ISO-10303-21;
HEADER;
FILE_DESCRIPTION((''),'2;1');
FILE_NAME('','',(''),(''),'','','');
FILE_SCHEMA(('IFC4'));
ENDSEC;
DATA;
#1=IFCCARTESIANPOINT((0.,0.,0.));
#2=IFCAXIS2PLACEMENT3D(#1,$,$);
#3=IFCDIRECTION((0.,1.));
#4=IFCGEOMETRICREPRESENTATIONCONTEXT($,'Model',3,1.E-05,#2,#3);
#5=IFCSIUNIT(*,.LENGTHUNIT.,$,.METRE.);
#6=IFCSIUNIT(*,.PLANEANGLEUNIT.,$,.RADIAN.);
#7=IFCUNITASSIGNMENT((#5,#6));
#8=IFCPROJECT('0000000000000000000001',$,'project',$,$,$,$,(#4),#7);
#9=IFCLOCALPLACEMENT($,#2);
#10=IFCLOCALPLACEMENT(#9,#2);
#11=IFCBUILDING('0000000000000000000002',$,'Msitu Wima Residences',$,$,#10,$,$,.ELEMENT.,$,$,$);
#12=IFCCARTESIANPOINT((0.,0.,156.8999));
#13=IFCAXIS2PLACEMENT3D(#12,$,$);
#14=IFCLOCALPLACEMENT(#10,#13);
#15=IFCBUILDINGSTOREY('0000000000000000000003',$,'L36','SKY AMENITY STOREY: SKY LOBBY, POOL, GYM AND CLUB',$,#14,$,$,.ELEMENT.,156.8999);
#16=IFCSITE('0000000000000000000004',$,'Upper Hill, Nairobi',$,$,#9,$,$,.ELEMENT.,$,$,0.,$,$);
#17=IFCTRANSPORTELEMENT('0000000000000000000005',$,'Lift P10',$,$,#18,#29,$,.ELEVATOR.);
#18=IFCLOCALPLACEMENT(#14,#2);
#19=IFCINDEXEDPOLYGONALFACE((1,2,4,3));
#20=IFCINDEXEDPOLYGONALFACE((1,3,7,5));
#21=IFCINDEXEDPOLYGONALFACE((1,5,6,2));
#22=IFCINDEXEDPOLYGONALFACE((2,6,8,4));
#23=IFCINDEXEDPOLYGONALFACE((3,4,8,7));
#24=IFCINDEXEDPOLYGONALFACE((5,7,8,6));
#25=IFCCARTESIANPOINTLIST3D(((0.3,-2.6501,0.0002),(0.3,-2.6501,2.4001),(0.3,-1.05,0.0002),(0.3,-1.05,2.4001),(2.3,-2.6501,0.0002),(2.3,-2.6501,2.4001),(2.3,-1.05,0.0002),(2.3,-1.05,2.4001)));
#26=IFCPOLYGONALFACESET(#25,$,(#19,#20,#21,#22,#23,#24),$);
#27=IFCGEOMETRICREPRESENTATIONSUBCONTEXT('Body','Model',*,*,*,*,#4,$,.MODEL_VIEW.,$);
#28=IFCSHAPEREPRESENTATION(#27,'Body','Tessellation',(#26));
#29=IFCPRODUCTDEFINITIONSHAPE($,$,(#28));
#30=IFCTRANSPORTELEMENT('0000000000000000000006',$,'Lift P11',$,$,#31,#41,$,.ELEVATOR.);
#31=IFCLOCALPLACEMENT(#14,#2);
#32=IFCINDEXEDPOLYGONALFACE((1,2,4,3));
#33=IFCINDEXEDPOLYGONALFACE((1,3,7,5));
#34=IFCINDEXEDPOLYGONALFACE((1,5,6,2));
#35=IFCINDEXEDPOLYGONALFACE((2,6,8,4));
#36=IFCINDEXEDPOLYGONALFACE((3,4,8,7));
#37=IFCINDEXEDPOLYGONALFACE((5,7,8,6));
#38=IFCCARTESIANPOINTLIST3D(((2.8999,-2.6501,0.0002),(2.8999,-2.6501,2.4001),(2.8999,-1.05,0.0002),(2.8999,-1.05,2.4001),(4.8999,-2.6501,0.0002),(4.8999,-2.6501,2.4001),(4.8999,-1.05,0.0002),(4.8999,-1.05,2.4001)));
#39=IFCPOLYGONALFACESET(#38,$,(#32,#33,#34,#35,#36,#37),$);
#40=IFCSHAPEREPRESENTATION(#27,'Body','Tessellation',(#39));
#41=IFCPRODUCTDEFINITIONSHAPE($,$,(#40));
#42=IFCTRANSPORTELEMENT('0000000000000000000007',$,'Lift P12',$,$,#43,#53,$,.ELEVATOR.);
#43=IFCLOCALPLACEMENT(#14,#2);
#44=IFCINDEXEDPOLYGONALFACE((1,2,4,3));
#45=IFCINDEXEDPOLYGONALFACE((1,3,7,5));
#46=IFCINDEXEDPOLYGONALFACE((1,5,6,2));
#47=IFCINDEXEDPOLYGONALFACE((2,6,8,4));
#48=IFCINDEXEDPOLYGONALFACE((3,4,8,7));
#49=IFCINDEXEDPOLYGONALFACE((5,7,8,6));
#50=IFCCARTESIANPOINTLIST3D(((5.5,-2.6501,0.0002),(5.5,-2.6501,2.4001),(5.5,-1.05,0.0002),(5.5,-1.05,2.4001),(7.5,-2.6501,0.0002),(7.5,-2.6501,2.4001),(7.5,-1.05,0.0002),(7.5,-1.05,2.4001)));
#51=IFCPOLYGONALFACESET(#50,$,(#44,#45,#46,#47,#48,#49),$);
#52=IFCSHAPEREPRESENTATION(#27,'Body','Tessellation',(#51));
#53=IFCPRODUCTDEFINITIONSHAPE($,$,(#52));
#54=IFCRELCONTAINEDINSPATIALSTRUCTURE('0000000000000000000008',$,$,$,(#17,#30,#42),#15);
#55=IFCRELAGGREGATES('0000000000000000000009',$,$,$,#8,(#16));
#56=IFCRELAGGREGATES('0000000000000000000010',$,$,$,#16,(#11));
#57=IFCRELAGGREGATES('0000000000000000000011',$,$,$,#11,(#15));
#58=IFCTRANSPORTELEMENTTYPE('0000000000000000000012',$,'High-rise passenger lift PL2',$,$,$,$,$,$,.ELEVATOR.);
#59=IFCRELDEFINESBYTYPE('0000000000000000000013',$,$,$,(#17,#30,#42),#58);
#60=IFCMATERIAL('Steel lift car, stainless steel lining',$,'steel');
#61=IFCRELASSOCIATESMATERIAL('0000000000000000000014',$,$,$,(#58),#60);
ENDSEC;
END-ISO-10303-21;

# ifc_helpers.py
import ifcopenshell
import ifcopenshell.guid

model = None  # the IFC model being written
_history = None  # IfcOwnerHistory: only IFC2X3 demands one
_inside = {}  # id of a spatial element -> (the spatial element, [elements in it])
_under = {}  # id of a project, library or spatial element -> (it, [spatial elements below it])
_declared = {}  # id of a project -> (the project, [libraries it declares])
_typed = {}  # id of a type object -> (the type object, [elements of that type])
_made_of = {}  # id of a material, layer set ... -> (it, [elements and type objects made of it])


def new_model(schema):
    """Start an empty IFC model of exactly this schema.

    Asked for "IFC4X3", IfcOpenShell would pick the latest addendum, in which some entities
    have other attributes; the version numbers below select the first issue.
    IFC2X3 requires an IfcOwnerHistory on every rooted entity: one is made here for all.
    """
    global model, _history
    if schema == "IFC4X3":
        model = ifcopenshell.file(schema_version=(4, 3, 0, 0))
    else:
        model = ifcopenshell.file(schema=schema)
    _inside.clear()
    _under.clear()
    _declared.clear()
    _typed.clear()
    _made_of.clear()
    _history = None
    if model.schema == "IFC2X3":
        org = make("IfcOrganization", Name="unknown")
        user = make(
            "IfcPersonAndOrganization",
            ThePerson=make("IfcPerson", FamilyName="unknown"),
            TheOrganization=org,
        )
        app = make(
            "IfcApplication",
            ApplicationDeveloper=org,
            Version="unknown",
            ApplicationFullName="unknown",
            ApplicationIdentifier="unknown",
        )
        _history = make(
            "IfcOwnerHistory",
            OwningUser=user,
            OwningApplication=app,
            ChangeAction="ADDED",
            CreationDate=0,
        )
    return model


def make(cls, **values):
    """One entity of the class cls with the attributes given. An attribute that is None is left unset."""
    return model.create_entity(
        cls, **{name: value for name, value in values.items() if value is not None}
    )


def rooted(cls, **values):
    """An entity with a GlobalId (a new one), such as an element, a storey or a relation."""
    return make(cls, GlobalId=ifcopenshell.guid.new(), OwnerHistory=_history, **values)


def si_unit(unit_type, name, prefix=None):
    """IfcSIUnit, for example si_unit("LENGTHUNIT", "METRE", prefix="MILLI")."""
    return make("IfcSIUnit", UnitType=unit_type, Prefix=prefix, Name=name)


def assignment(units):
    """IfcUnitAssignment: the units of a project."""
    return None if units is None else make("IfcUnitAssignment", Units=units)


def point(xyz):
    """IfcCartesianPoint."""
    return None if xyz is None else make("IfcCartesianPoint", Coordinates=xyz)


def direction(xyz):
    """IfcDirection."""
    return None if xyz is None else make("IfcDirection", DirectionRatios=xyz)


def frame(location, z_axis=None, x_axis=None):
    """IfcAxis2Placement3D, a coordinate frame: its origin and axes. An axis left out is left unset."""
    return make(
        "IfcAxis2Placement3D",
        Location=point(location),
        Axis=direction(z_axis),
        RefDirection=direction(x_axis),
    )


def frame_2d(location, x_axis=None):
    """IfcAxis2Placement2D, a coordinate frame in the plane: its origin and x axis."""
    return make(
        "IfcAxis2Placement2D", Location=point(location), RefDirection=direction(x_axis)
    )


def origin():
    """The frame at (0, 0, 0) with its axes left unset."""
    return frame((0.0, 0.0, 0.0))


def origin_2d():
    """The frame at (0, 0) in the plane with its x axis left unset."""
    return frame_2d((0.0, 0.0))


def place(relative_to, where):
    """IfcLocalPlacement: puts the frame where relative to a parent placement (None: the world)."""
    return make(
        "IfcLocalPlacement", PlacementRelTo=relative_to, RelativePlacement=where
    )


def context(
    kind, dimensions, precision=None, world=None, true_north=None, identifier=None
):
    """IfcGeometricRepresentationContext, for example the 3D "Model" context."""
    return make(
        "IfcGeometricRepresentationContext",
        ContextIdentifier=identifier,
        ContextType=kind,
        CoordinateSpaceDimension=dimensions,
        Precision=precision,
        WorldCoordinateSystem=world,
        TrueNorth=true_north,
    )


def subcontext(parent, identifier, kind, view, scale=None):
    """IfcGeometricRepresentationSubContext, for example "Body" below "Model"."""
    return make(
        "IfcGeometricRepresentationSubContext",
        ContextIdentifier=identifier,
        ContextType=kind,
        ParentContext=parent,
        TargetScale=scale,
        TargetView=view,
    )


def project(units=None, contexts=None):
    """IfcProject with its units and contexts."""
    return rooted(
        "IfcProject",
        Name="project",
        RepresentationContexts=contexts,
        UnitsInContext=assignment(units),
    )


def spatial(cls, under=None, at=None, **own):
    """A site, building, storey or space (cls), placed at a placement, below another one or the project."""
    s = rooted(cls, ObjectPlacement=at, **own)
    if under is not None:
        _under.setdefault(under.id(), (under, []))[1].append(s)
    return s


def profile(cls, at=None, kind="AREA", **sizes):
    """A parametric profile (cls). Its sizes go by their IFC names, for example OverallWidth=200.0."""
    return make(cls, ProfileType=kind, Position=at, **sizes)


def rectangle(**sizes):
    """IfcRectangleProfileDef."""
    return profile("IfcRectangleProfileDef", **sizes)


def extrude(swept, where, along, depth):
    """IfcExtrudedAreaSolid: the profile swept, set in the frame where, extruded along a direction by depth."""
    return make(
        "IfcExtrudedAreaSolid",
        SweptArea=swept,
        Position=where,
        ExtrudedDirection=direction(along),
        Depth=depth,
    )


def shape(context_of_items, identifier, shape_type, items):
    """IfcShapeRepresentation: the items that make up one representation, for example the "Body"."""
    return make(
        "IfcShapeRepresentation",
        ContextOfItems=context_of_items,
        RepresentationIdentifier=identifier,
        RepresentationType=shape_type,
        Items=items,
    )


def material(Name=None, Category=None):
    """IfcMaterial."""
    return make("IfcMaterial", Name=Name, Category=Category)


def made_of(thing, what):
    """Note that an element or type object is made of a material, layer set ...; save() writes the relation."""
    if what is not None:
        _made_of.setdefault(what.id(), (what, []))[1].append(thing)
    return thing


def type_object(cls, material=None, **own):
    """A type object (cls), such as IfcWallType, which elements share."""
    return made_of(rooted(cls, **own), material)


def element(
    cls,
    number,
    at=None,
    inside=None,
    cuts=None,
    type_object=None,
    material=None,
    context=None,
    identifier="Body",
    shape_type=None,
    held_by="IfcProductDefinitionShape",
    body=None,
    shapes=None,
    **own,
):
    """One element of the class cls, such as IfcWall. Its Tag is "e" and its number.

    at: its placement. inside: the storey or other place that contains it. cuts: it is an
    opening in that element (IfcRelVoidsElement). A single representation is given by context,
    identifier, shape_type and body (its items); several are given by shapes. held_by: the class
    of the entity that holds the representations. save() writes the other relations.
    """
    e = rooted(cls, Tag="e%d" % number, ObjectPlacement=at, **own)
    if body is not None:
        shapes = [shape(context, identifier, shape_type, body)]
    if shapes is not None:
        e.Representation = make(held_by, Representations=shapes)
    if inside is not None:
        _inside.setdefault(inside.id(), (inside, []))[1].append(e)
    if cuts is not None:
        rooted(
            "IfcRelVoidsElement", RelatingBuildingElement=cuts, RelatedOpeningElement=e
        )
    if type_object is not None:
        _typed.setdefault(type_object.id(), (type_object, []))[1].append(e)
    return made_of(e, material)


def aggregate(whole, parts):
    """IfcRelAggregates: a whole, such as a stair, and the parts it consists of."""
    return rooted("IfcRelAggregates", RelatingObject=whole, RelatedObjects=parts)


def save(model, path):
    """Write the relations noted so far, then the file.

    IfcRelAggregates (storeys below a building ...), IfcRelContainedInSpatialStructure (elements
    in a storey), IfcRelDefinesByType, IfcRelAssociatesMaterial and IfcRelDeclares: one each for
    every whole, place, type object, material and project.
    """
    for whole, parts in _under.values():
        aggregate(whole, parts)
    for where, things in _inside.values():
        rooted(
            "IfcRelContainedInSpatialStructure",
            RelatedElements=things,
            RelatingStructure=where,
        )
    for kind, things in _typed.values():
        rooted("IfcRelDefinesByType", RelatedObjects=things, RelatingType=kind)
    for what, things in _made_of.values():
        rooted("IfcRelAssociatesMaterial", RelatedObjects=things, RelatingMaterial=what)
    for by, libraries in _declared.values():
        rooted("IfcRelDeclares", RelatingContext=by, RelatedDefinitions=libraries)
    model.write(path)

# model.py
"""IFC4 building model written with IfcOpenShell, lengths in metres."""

from ifc_helpers import new_model, si_unit, direction, frame, origin, origin_2d, place, context, subcontext, project, spatial, rectangle, extrude, material, type_object, element, save


model = new_model("IFC4")

# Units and contexts
model_context = context("Model", 3, precision=1e-05, world=origin(), true_north=direction((0.0, 1.0)))
body_context = subcontext(model_context, "Body", "Model", "MODEL_VIEW")
ifc_project = project(units=[si_unit("LENGTHUNIT", "METRE"), si_unit("PLANEANGLEUNIT", "RADIAN")], contexts=[model_context])

# Site, building, storey
site_placement = place(None, origin())
site = spatial("IfcSite", under=ifc_project, at=site_placement, Name="Upper Hill, Nairobi", CompositionType="ELEMENT", RefElevation=0.0)
building_placement = place(site_placement, origin())
building = spatial("IfcBuilding", under=site, at=building_placement, Name="Msitu Wima Residences", CompositionType="ELEMENT")
storey_placement = place(building_placement, frame((0.0, 0.0, 156.8999)))
storey = spatial("IfcBuildingStorey", under=building, at=storey_placement, Name="L36", Description="SKY AMENITY STOREY: SKY LOBBY, POOL, GYM AND CLUB", CompositionType="ELEMENT", Elevation=156.8999)

# Transport elements
ifc_material_1 = material(Name="Steel lift car, stainless steel lining", Category="steel")
transport_element_type = type_object("IfcTransportElementType", Name="High-rise passenger lift PL2", PredefinedType="ELEVATOR", material=ifc_material_1)
for number, where, z_axis, x_axis, name in (
    (1, (1.3, -1.8501, 0.0002), (0.0, 0.0, 1.0), (1.0, 0.0, 0.0), "Lift P10"),
    (2, (3.8999, -1.8501, 0.0002), (0.0, 0.0, 1.0), (1.0, 0.0, 0.0), "Lift P11"),
    (3, (6.5, -1.8501, 0.0002), (0.0, 0.0, 1.0), (1.0, 0.0, 0.0), "Lift P12"),
):
    element("IfcTransportElement", number, at=place(storey_placement, frame(where, z_axis=z_axis, x_axis=x_axis)), inside=storey, type_object=transport_element_type, Name=name, PredefinedType="ELEVATOR", context=body_context, shape_type="SweptSolid", body=[
        extrude(rectangle(XDim=2.0, YDim=1.6001, at=origin_2d()), origin(), (0.0, 0.0, 1.0), 2.3999),
    ])

save(model, "model.ifc")
